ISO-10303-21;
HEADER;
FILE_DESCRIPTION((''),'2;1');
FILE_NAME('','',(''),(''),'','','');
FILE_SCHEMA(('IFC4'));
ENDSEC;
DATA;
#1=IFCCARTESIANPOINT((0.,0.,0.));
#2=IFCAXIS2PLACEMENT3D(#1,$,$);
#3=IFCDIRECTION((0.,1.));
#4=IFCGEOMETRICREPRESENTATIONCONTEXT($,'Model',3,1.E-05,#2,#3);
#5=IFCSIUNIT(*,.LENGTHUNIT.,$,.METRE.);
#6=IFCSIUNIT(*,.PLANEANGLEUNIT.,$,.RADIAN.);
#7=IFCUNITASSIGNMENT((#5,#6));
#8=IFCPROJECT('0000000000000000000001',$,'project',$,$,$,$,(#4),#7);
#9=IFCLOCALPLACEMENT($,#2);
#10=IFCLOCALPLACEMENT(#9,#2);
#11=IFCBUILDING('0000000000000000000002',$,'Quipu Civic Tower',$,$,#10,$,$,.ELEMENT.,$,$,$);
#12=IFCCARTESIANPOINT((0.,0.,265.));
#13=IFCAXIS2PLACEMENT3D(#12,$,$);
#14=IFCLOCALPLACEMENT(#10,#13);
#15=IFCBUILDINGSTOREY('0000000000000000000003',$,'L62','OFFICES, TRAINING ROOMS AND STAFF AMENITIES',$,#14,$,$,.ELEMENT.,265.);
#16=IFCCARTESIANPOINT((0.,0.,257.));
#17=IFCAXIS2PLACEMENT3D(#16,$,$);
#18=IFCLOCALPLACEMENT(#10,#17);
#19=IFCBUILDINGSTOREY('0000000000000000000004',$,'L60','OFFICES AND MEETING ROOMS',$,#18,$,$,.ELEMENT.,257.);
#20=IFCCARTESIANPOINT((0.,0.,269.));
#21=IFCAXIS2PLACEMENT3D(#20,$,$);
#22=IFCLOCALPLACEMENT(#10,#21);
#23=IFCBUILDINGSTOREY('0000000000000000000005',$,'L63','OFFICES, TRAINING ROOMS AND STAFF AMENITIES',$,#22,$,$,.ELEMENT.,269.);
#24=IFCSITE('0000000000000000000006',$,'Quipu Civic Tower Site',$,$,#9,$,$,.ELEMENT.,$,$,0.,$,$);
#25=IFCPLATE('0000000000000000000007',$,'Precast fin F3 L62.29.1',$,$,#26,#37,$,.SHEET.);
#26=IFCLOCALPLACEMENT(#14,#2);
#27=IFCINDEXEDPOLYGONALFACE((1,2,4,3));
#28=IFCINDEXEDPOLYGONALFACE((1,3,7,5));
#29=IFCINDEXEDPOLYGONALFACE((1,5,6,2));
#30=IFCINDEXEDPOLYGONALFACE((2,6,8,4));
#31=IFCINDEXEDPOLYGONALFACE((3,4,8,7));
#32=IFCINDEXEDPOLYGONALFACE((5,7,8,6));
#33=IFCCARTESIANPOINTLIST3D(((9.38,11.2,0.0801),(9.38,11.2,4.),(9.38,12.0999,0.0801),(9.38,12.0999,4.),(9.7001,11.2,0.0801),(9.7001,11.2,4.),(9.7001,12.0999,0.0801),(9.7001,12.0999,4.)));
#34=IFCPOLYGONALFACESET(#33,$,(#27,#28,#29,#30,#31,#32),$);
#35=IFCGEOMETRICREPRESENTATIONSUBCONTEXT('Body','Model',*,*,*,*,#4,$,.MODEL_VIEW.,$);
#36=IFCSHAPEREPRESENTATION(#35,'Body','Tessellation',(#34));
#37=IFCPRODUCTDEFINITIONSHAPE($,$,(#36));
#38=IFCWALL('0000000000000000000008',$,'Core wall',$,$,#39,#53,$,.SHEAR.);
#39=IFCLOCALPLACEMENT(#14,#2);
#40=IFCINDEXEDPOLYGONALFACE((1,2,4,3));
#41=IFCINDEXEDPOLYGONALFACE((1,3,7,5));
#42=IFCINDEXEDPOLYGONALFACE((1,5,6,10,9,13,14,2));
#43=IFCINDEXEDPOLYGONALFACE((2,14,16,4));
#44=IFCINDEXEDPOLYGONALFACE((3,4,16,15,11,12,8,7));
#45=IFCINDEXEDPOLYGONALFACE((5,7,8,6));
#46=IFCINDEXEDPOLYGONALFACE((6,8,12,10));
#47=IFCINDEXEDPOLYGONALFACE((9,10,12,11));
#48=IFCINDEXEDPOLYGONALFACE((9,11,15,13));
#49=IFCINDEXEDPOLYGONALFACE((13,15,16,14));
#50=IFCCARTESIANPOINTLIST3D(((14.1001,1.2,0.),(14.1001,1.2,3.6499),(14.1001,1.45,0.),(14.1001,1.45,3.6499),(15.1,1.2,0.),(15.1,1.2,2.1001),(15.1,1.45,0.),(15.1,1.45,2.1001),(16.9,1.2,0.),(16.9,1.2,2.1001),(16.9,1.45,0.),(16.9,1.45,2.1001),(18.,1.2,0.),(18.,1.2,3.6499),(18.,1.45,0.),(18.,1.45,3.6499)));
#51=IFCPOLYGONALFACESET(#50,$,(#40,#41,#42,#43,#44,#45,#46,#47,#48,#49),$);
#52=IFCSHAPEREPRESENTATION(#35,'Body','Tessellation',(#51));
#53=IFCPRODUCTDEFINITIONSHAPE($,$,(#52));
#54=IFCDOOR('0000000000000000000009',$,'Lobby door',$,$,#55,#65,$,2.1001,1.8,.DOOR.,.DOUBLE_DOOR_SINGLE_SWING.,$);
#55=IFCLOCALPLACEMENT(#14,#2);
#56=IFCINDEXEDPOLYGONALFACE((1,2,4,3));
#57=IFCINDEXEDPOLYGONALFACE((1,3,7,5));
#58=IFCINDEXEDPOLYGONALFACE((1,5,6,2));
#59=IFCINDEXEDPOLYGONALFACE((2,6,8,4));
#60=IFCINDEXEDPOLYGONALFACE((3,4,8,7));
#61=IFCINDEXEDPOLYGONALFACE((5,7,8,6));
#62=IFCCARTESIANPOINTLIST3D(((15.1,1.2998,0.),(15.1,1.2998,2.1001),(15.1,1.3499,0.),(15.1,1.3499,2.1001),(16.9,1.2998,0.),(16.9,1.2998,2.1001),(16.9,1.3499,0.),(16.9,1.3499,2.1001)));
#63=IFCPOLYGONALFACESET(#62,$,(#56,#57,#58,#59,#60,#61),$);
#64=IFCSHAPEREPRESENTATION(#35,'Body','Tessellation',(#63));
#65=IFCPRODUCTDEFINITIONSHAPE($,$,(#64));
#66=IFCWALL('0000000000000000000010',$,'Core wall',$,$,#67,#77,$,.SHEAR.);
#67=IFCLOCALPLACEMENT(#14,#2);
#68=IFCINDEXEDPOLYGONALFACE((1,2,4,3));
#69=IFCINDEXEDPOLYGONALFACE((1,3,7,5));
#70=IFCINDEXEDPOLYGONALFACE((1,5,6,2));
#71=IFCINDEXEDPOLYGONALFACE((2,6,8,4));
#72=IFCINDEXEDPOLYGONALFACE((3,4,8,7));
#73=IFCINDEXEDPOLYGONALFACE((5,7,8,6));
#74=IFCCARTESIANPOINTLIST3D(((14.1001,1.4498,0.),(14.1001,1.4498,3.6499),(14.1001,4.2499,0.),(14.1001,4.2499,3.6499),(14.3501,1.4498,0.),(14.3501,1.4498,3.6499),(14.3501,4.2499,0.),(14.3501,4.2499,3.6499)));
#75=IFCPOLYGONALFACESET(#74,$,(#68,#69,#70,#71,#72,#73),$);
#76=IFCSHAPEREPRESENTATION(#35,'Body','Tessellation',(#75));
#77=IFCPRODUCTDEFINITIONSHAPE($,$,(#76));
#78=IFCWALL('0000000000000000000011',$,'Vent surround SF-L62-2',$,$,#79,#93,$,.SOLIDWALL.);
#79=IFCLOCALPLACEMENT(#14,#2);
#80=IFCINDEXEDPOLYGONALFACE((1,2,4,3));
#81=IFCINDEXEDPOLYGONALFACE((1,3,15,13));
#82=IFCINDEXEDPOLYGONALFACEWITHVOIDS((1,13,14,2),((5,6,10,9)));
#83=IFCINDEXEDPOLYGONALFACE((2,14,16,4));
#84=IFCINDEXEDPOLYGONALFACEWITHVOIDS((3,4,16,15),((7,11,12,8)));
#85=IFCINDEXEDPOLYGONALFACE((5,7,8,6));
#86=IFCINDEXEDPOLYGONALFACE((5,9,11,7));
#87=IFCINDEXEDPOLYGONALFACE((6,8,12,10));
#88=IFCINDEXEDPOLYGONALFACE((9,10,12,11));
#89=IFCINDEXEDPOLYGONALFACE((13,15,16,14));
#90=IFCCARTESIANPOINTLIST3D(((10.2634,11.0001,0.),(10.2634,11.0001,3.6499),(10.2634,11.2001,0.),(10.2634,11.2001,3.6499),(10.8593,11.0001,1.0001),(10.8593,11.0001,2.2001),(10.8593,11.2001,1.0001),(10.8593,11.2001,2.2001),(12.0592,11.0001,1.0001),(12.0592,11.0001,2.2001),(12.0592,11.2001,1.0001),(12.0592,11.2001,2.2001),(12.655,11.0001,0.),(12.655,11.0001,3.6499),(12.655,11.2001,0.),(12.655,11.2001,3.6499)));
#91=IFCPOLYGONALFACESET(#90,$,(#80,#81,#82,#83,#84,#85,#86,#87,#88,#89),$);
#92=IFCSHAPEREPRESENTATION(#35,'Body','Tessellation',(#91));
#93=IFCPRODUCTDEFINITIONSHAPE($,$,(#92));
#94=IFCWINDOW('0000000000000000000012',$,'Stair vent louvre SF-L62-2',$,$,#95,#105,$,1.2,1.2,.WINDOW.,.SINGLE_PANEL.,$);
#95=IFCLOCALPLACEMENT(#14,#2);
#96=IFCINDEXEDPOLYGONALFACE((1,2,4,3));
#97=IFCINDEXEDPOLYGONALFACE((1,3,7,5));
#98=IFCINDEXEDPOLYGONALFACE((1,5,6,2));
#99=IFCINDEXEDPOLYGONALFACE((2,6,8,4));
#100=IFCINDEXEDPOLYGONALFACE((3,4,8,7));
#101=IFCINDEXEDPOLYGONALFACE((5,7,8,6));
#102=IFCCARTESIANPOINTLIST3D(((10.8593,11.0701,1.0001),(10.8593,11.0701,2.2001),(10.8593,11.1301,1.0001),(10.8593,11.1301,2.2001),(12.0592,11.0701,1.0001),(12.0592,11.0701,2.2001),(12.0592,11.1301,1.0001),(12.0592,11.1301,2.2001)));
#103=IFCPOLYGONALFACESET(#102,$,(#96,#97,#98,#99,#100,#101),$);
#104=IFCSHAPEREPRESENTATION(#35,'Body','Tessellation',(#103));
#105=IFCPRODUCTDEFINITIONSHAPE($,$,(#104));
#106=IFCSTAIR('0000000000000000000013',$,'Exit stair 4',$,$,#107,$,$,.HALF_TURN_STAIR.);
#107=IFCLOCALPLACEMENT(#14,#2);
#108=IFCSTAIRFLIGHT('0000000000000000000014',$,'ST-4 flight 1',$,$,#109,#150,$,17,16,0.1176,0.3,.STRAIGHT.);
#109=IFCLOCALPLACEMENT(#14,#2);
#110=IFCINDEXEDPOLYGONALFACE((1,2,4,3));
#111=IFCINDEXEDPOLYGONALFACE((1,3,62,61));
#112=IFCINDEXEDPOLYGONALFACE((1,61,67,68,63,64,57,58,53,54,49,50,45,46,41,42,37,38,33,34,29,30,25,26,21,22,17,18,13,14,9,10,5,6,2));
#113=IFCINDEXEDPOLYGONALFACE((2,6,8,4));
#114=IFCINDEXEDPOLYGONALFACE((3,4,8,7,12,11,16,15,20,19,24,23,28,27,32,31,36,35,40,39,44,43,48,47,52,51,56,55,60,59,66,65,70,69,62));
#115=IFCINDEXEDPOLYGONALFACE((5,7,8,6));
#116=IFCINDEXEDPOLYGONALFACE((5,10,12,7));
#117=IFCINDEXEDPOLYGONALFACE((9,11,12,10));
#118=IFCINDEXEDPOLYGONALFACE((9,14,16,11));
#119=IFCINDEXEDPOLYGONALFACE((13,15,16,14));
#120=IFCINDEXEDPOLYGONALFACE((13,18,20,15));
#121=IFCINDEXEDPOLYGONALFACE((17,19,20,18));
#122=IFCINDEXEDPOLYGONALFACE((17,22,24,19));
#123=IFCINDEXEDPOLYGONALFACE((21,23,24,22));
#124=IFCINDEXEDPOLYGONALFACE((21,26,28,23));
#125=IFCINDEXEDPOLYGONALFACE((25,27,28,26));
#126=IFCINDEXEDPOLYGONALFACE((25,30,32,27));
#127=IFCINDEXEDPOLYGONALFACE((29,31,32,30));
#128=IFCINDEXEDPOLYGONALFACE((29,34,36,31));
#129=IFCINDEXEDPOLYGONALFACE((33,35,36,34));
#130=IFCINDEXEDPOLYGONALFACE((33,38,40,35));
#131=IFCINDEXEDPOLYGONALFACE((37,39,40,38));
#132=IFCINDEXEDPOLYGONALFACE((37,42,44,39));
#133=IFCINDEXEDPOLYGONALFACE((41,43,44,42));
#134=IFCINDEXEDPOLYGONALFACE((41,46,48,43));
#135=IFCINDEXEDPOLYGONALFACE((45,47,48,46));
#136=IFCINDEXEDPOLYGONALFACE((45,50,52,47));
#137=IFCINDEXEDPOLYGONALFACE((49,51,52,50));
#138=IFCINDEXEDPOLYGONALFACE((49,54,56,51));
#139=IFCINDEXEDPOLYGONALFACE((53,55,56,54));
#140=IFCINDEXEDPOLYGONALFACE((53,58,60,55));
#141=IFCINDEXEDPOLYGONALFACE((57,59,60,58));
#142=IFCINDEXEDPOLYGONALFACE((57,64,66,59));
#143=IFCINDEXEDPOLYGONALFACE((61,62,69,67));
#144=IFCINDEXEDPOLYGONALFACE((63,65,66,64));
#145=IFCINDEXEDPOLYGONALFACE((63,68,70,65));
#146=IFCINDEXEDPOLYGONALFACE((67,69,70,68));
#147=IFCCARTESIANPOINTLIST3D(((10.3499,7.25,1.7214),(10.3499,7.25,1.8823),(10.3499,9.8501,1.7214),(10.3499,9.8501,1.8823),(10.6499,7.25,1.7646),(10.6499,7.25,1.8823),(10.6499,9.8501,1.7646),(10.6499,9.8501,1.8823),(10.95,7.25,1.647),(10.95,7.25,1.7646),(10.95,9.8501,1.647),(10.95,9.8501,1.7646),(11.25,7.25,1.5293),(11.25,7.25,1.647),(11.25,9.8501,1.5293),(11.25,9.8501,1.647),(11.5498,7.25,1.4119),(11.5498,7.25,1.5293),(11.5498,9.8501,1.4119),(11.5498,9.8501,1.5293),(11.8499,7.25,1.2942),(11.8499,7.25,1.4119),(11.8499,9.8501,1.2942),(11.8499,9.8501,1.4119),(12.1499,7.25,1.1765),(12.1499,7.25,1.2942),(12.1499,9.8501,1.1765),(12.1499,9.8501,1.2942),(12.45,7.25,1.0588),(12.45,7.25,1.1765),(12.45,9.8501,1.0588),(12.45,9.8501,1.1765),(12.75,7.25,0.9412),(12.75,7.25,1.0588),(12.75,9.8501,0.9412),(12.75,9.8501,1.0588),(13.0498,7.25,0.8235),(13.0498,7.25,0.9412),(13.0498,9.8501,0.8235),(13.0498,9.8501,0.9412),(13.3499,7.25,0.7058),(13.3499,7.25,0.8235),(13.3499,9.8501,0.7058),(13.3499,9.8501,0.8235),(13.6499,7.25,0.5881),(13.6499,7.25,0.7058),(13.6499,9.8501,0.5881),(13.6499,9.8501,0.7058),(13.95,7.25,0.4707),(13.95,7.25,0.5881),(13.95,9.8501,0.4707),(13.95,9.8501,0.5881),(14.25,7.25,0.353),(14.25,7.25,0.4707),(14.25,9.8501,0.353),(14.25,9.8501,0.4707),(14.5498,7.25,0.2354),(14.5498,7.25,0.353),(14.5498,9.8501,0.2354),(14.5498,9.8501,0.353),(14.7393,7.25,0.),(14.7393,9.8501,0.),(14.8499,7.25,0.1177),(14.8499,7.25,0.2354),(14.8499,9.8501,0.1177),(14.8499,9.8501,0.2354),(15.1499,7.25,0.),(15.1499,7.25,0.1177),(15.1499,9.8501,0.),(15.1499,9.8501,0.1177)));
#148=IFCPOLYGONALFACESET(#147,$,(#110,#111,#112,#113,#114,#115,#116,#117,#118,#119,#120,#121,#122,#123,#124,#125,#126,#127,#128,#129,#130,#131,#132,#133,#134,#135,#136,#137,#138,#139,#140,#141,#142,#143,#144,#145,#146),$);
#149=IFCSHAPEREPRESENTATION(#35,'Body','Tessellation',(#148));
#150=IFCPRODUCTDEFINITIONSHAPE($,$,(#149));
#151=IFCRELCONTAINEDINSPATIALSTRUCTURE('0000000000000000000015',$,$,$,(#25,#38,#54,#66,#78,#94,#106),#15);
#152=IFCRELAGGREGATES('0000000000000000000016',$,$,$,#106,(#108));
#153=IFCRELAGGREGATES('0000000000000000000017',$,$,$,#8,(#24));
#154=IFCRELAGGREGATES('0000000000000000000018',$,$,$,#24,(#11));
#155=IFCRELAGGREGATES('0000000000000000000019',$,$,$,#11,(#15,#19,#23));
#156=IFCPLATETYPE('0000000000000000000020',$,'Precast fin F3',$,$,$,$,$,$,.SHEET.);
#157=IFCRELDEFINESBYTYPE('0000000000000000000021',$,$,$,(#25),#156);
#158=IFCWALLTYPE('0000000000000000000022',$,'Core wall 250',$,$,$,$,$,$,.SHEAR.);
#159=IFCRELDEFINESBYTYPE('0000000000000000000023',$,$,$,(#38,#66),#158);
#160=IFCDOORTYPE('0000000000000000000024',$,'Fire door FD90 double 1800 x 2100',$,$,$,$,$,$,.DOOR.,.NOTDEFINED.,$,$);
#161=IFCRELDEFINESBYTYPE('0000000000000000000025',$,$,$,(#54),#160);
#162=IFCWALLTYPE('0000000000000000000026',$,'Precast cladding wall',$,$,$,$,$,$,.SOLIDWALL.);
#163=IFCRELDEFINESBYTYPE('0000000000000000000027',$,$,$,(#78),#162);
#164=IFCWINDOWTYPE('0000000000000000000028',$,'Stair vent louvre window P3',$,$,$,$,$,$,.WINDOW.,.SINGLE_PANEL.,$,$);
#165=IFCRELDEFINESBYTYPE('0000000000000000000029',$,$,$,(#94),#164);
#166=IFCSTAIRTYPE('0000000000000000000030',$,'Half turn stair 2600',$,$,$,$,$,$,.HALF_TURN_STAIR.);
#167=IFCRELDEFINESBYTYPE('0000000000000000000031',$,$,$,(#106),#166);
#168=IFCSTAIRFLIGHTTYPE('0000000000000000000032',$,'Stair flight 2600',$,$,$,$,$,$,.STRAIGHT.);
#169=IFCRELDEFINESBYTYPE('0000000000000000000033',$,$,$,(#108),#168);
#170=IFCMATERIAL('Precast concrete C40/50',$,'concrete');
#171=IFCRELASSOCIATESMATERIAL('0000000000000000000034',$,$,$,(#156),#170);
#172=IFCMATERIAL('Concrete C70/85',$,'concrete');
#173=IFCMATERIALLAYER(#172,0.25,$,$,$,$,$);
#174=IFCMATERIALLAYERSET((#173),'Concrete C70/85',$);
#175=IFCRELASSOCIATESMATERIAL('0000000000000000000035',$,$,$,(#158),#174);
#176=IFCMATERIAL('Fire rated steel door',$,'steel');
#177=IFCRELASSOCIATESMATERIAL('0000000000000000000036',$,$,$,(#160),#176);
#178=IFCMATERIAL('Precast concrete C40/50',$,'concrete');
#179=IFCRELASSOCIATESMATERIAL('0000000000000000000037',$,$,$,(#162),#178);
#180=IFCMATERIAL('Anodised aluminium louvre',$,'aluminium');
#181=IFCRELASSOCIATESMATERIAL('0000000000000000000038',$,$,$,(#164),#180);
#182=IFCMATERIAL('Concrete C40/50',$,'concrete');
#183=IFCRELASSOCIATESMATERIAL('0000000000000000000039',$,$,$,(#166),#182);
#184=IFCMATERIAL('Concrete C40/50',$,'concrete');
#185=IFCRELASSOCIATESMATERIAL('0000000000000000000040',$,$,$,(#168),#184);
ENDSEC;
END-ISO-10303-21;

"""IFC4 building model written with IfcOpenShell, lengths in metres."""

from ifc_helpers import new_model, si_unit, direction, frame, frame_2d, origin, origin_2d, place, context, subcontext, project, spatial, polyline, rectangle, outline, extrude, material, layer, layer_set, type_object, element, fill, aggregate, save


model = new_model("IFC4")

# Units and contexts
model_context = context("Model", 3, precision=1e-05, world=origin(), true_north=direction((0.0, 1.0)))
body_context = subcontext(model_context, "Body", "Model", "MODEL_VIEW")
ifc_project = project(units=[si_unit("LENGTHUNIT", "METRE"), si_unit("PLANEANGLEUNIT", "RADIAN")], contexts=[model_context])

# Site, building, storey
site_placement = place(None, origin())
site = spatial("IfcSite", under=ifc_project, at=site_placement, Name="Quipu Civic Tower Site", CompositionType="ELEMENT", RefElevation=0.0)
building_placement = place(site_placement, origin())
building = spatial("IfcBuilding", under=site, at=building_placement, Name="Quipu Civic Tower", CompositionType="ELEMENT")
storey_1_placement = place(building_placement, frame((0.0, 0.0, 265.0)))
storey_1 = spatial("IfcBuildingStorey", under=building, at=storey_1_placement, Name="L62", Description="OFFICES, TRAINING ROOMS AND STAFF AMENITIES", CompositionType="ELEMENT", Elevation=265.0)

# Shared definitions
storey_2_placement = place(building_placement, frame((0.0, 0.0, 257.0)))
storey_2 = spatial("IfcBuildingStorey", under=building, at=storey_2_placement, Name="L60", Description="OFFICES AND MEETING ROOMS", CompositionType="ELEMENT", Elevation=257.0)

# Shared definitions
storey_3_placement = place(building_placement, frame((0.0, 0.0, 269.0)))
storey_3 = spatial("IfcBuildingStorey", under=building, at=storey_3_placement, Name="L63", Description="OFFICES, TRAINING ROOMS AND STAFF AMENITIES", CompositionType="ELEMENT", Elevation=269.0)

# Plate
ifc_material_1 = material(Name="Precast concrete C40/50", Category="concrete")
plate_type_1 = type_object("IfcPlateType", Name="Precast fin F3", PredefinedType="SHEET", material=ifc_material_1)
for number, where, z_axis, x_axis, name in (
    (1, (9.54, 11.6499, 0.0801), (0.0, 0.0, 1.0), (-1.0, 0.0, 0.0), "Precast fin F3 L62.29.1"),
):
    element("IfcPlate", number, at=place(storey_1_placement, frame(where, z_axis=z_axis, x_axis=x_axis)), inside=storey_1, type_object=plate_type_1, Name=name, PredefinedType="SHEET", context=body_context, shape_type="SweptSolid", body=[
        extrude(rectangle(XDim=0.3201, YDim=0.8999, at=origin_2d()), origin(), (0.0, 0.0, 1.0), 3.9199),
    ])

# Wall, opening, door
ifc_material_2 = material(Name="Concrete C70/85", Category="concrete")
ifc_layer_1 = layer(ifc_material_2, 0.25)
ifc_layer_set_1 = layer_set([ifc_layer_1], Name="Concrete C70/85")
wall_type_1 = type_object("IfcWallType", Name="Core wall 250", PredefinedType="SHEAR", material=ifc_layer_set_1)
wall_1_placement = place(storey_1_placement, frame((14.1001, 1.325, 0.0), z_axis=(0.0, 0.0, 1.0), x_axis=(1.0, 0.0, 0.0)))
wall_1 = element("IfcWall", 2, at=wall_1_placement, inside=storey_1, type_object=wall_type_1, Name="Core wall", PredefinedType="SHEAR", context=body_context, shape_type="SweptSolid", body=[
    extrude(rectangle(XDim=3.8999, YDim=0.25, at=frame_2d((1.95, 0.0))), origin(), (0.0, 0.0, 1.0), 3.6499),
])
opening_1_placement = place(wall_1_placement, frame((1.0, 0.0, 0.0)))
opening_1 = element("IfcOpeningElement", 3, at=opening_1_placement, cuts=wall_1, PredefinedType="OPENING", context=body_context, shape_type="SweptSolid", body=[
    extrude(rectangle(XDim=1.8, YDim=2.1001, at=frame_2d((0.8999, 1.05))), frame((0.0, 0.135, 0.0), z_axis=(0.0, -1.0, 0.0), x_axis=(1.0, 0.0, 0.0)), (0.0, 0.0, 1.0), 0.27),
])
ifc_material_3 = material(Name="Fire rated steel door", Category="steel")
door_type = type_object("IfcDoorType", Name="Fire door FD90 double 1800 x 2100", OperationType="NOTDEFINED", PredefinedType="DOOR", material=ifc_material_3)
door_placement = place(opening_1_placement, origin())
door = element("IfcDoor", 4, at=door_placement, inside=storey_1, type_object=door_type, Name="Lobby door", OperationType="DOUBLE_DOOR_SINGLE_SWING", OverallHeight=2.1001, OverallWidth=1.8, PredefinedType="DOOR", context=body_context, shape_type="SweptSolid", body=[
    extrude(rectangle(XDim=1.8, YDim=2.1001, at=frame_2d((0.8999, 1.05))), frame((0.0, 0.0249, 0.0), z_axis=(0.0, -1.0, 0.0), x_axis=(1.0, 0.0, 0.0)), (0.0, 0.0, 1.0), 0.05),
])
fill(opening_1, door)

# Wall
wall_2_placement = place(storey_1_placement, frame((14.2251, 1.45, 0.0), z_axis=(0.0, 0.0, 1.0), x_axis=(0.0, 1.0, 0.0)))
element("IfcWall", 5, at=wall_2_placement, inside=storey_1, type_object=wall_type_1, Name="Core wall", PredefinedType="SHEAR", context=body_context, shape_type="SweptSolid", body=[
    extrude(rectangle(XDim=2.8, YDim=0.25, at=frame_2d((1.3999, 0.0))), origin(), (0.0, 0.0, 1.0), 3.6499),
])

# Wall, opening, window
ifc_material_4 = material(Name="Precast concrete C40/50", Category="concrete")
wall_type_2 = type_object("IfcWallType", Name="Precast cladding wall", PredefinedType="SOLIDWALL", material=ifc_material_4)
wall_3_placement = place(storey_1_placement, frame((12.655, 11.1001, 0.0), z_axis=(0.0, 0.0, 1.0), x_axis=(-1.0, 0.0, 0.0)))
wall_3 = element("IfcWall", 6, at=wall_3_placement, inside=storey_1, type_object=wall_type_2, Name="Vent surround SF-L62-2", PredefinedType="SOLIDWALL", context=body_context, shape_type="SweptSolid", body=[
    extrude(rectangle(XDim=2.3916, YDim=0.2, at=frame_2d((1.1958, 0.0))), origin(), (0.0, 0.0, 1.0), 3.6499),
])
opening_2_placement = place(wall_3_placement, frame((0.5957, 0.0, 1.0)))
opening_2 = element("IfcOpeningElement", 7, at=opening_2_placement, cuts=wall_3, PredefinedType="OPENING", context=body_context, shape_type="SweptSolid", body=[
    extrude(rectangle(XDim=1.2, YDim=1.2, at=frame_2d((0.6001, 0.6001))), frame((0.0, 0.1099, 0.0), z_axis=(0.0, -1.0, 0.0), x_axis=(1.0, 0.0, 0.0)), (0.0, 0.0, 1.0), 0.22),
])
ifc_material_5 = material(Name="Anodised aluminium louvre", Category="aluminium")
window_type = type_object("IfcWindowType", Name="Stair vent louvre window P3", PartitioningType="SINGLE_PANEL", PredefinedType="WINDOW", material=ifc_material_5)
window_placement = place(opening_2_placement, origin())
window = element("IfcWindow", 8, at=window_placement, inside=storey_1, type_object=window_type, Name="Stair vent louvre SF-L62-2", OverallHeight=1.2, OverallWidth=1.2, PartitioningType="SINGLE_PANEL", PredefinedType="WINDOW", context=body_context, shape_type="SweptSolid", body=[
    extrude(rectangle(XDim=1.2, YDim=1.2, at=frame_2d((0.6001, 0.6001))), frame((0.0, 0.03, 0.0), z_axis=(0.0, -1.0, 0.0), x_axis=(1.0, 0.0, 0.0)), (0.0, 0.0, 1.0), 0.0601),
])
fill(opening_2, window)

# Stair, stair flight
ifc_material_6 = material(Name="Concrete C40/50", Category="concrete")
stair_type = type_object("IfcStairType", Name="Half turn stair 2600", PredefinedType="HALF_TURN_STAIR", material=ifc_material_6)
stair_placement = place(storey_1_placement, origin())
stair = element("IfcStair", 9, at=stair_placement, inside=storey_1, type_object=stair_type, Name="Exit stair 4", PredefinedType="HALF_TURN_STAIR")
ifc_material_7 = material(Name="Concrete C40/50", Category="concrete")
stair_flight_type = type_object("IfcStairFlightType", Name="Stair flight 2600", PredefinedType="STRAIGHT", material=ifc_material_7)
stair_flight_1_placement = place(storey_1_placement, frame((15.1499, 8.55, 0.0), z_axis=(0.0, 0.0, 1.0), x_axis=(-1.0, 0.0, 0.0)))
stair_flight_1 = element("IfcStairFlight", 10, at=stair_flight_1_placement, type_object=stair_flight_type, Name="ST-4 flight 1", NumberOfRisers=17, NumberOfTreads=16, PredefinedType="STRAIGHT", RiserHeight=0.1176, TreadLength=0.3, context=body_context, shape_type="SweptSolid", body=[
    extrude(outline(polyline([(0.0, 0.0), (0.0, 0.1177), (0.3, 0.1177), (0.3, 0.2354), (0.6001, 0.2354), (0.6001, 0.353), (0.8999, 0.353), (0.8999, 0.4707), (1.2, 0.4707), (1.2, 0.5881), (1.5, 0.5881), (1.5, 0.7058), (1.8, 0.7058), (1.8, 0.8235), (2.1001, 0.8235), (2.1001, 0.9412), (2.3999, 0.9412), (2.3999, 1.0588), (2.7, 1.0588), (2.7, 1.1765), (3.0, 1.1765), (3.0, 1.2942), (3.3, 1.2942), (3.3, 1.4119), (3.6001, 1.4119), (3.6001, 1.5293), (3.8999, 1.5293), (3.8999, 1.647), (4.2, 1.647), (4.2, 1.7646), (4.5, 1.7646), (4.5, 1.8823), (4.8, 1.8823), (4.8, 2.0), (4.8, 1.7214), (0.4106, 0.0), (0.0, 0.0)])), frame((0.0, 1.3, 0.0), z_axis=(0.0, -1.0, 0.0), x_axis=(1.0, 0.0, 0.0)), (0.0, 0.0, 1.0), 2.6001),
])
aggregate(stair, [stair_flight_1])

save(model, "model.ifc")
